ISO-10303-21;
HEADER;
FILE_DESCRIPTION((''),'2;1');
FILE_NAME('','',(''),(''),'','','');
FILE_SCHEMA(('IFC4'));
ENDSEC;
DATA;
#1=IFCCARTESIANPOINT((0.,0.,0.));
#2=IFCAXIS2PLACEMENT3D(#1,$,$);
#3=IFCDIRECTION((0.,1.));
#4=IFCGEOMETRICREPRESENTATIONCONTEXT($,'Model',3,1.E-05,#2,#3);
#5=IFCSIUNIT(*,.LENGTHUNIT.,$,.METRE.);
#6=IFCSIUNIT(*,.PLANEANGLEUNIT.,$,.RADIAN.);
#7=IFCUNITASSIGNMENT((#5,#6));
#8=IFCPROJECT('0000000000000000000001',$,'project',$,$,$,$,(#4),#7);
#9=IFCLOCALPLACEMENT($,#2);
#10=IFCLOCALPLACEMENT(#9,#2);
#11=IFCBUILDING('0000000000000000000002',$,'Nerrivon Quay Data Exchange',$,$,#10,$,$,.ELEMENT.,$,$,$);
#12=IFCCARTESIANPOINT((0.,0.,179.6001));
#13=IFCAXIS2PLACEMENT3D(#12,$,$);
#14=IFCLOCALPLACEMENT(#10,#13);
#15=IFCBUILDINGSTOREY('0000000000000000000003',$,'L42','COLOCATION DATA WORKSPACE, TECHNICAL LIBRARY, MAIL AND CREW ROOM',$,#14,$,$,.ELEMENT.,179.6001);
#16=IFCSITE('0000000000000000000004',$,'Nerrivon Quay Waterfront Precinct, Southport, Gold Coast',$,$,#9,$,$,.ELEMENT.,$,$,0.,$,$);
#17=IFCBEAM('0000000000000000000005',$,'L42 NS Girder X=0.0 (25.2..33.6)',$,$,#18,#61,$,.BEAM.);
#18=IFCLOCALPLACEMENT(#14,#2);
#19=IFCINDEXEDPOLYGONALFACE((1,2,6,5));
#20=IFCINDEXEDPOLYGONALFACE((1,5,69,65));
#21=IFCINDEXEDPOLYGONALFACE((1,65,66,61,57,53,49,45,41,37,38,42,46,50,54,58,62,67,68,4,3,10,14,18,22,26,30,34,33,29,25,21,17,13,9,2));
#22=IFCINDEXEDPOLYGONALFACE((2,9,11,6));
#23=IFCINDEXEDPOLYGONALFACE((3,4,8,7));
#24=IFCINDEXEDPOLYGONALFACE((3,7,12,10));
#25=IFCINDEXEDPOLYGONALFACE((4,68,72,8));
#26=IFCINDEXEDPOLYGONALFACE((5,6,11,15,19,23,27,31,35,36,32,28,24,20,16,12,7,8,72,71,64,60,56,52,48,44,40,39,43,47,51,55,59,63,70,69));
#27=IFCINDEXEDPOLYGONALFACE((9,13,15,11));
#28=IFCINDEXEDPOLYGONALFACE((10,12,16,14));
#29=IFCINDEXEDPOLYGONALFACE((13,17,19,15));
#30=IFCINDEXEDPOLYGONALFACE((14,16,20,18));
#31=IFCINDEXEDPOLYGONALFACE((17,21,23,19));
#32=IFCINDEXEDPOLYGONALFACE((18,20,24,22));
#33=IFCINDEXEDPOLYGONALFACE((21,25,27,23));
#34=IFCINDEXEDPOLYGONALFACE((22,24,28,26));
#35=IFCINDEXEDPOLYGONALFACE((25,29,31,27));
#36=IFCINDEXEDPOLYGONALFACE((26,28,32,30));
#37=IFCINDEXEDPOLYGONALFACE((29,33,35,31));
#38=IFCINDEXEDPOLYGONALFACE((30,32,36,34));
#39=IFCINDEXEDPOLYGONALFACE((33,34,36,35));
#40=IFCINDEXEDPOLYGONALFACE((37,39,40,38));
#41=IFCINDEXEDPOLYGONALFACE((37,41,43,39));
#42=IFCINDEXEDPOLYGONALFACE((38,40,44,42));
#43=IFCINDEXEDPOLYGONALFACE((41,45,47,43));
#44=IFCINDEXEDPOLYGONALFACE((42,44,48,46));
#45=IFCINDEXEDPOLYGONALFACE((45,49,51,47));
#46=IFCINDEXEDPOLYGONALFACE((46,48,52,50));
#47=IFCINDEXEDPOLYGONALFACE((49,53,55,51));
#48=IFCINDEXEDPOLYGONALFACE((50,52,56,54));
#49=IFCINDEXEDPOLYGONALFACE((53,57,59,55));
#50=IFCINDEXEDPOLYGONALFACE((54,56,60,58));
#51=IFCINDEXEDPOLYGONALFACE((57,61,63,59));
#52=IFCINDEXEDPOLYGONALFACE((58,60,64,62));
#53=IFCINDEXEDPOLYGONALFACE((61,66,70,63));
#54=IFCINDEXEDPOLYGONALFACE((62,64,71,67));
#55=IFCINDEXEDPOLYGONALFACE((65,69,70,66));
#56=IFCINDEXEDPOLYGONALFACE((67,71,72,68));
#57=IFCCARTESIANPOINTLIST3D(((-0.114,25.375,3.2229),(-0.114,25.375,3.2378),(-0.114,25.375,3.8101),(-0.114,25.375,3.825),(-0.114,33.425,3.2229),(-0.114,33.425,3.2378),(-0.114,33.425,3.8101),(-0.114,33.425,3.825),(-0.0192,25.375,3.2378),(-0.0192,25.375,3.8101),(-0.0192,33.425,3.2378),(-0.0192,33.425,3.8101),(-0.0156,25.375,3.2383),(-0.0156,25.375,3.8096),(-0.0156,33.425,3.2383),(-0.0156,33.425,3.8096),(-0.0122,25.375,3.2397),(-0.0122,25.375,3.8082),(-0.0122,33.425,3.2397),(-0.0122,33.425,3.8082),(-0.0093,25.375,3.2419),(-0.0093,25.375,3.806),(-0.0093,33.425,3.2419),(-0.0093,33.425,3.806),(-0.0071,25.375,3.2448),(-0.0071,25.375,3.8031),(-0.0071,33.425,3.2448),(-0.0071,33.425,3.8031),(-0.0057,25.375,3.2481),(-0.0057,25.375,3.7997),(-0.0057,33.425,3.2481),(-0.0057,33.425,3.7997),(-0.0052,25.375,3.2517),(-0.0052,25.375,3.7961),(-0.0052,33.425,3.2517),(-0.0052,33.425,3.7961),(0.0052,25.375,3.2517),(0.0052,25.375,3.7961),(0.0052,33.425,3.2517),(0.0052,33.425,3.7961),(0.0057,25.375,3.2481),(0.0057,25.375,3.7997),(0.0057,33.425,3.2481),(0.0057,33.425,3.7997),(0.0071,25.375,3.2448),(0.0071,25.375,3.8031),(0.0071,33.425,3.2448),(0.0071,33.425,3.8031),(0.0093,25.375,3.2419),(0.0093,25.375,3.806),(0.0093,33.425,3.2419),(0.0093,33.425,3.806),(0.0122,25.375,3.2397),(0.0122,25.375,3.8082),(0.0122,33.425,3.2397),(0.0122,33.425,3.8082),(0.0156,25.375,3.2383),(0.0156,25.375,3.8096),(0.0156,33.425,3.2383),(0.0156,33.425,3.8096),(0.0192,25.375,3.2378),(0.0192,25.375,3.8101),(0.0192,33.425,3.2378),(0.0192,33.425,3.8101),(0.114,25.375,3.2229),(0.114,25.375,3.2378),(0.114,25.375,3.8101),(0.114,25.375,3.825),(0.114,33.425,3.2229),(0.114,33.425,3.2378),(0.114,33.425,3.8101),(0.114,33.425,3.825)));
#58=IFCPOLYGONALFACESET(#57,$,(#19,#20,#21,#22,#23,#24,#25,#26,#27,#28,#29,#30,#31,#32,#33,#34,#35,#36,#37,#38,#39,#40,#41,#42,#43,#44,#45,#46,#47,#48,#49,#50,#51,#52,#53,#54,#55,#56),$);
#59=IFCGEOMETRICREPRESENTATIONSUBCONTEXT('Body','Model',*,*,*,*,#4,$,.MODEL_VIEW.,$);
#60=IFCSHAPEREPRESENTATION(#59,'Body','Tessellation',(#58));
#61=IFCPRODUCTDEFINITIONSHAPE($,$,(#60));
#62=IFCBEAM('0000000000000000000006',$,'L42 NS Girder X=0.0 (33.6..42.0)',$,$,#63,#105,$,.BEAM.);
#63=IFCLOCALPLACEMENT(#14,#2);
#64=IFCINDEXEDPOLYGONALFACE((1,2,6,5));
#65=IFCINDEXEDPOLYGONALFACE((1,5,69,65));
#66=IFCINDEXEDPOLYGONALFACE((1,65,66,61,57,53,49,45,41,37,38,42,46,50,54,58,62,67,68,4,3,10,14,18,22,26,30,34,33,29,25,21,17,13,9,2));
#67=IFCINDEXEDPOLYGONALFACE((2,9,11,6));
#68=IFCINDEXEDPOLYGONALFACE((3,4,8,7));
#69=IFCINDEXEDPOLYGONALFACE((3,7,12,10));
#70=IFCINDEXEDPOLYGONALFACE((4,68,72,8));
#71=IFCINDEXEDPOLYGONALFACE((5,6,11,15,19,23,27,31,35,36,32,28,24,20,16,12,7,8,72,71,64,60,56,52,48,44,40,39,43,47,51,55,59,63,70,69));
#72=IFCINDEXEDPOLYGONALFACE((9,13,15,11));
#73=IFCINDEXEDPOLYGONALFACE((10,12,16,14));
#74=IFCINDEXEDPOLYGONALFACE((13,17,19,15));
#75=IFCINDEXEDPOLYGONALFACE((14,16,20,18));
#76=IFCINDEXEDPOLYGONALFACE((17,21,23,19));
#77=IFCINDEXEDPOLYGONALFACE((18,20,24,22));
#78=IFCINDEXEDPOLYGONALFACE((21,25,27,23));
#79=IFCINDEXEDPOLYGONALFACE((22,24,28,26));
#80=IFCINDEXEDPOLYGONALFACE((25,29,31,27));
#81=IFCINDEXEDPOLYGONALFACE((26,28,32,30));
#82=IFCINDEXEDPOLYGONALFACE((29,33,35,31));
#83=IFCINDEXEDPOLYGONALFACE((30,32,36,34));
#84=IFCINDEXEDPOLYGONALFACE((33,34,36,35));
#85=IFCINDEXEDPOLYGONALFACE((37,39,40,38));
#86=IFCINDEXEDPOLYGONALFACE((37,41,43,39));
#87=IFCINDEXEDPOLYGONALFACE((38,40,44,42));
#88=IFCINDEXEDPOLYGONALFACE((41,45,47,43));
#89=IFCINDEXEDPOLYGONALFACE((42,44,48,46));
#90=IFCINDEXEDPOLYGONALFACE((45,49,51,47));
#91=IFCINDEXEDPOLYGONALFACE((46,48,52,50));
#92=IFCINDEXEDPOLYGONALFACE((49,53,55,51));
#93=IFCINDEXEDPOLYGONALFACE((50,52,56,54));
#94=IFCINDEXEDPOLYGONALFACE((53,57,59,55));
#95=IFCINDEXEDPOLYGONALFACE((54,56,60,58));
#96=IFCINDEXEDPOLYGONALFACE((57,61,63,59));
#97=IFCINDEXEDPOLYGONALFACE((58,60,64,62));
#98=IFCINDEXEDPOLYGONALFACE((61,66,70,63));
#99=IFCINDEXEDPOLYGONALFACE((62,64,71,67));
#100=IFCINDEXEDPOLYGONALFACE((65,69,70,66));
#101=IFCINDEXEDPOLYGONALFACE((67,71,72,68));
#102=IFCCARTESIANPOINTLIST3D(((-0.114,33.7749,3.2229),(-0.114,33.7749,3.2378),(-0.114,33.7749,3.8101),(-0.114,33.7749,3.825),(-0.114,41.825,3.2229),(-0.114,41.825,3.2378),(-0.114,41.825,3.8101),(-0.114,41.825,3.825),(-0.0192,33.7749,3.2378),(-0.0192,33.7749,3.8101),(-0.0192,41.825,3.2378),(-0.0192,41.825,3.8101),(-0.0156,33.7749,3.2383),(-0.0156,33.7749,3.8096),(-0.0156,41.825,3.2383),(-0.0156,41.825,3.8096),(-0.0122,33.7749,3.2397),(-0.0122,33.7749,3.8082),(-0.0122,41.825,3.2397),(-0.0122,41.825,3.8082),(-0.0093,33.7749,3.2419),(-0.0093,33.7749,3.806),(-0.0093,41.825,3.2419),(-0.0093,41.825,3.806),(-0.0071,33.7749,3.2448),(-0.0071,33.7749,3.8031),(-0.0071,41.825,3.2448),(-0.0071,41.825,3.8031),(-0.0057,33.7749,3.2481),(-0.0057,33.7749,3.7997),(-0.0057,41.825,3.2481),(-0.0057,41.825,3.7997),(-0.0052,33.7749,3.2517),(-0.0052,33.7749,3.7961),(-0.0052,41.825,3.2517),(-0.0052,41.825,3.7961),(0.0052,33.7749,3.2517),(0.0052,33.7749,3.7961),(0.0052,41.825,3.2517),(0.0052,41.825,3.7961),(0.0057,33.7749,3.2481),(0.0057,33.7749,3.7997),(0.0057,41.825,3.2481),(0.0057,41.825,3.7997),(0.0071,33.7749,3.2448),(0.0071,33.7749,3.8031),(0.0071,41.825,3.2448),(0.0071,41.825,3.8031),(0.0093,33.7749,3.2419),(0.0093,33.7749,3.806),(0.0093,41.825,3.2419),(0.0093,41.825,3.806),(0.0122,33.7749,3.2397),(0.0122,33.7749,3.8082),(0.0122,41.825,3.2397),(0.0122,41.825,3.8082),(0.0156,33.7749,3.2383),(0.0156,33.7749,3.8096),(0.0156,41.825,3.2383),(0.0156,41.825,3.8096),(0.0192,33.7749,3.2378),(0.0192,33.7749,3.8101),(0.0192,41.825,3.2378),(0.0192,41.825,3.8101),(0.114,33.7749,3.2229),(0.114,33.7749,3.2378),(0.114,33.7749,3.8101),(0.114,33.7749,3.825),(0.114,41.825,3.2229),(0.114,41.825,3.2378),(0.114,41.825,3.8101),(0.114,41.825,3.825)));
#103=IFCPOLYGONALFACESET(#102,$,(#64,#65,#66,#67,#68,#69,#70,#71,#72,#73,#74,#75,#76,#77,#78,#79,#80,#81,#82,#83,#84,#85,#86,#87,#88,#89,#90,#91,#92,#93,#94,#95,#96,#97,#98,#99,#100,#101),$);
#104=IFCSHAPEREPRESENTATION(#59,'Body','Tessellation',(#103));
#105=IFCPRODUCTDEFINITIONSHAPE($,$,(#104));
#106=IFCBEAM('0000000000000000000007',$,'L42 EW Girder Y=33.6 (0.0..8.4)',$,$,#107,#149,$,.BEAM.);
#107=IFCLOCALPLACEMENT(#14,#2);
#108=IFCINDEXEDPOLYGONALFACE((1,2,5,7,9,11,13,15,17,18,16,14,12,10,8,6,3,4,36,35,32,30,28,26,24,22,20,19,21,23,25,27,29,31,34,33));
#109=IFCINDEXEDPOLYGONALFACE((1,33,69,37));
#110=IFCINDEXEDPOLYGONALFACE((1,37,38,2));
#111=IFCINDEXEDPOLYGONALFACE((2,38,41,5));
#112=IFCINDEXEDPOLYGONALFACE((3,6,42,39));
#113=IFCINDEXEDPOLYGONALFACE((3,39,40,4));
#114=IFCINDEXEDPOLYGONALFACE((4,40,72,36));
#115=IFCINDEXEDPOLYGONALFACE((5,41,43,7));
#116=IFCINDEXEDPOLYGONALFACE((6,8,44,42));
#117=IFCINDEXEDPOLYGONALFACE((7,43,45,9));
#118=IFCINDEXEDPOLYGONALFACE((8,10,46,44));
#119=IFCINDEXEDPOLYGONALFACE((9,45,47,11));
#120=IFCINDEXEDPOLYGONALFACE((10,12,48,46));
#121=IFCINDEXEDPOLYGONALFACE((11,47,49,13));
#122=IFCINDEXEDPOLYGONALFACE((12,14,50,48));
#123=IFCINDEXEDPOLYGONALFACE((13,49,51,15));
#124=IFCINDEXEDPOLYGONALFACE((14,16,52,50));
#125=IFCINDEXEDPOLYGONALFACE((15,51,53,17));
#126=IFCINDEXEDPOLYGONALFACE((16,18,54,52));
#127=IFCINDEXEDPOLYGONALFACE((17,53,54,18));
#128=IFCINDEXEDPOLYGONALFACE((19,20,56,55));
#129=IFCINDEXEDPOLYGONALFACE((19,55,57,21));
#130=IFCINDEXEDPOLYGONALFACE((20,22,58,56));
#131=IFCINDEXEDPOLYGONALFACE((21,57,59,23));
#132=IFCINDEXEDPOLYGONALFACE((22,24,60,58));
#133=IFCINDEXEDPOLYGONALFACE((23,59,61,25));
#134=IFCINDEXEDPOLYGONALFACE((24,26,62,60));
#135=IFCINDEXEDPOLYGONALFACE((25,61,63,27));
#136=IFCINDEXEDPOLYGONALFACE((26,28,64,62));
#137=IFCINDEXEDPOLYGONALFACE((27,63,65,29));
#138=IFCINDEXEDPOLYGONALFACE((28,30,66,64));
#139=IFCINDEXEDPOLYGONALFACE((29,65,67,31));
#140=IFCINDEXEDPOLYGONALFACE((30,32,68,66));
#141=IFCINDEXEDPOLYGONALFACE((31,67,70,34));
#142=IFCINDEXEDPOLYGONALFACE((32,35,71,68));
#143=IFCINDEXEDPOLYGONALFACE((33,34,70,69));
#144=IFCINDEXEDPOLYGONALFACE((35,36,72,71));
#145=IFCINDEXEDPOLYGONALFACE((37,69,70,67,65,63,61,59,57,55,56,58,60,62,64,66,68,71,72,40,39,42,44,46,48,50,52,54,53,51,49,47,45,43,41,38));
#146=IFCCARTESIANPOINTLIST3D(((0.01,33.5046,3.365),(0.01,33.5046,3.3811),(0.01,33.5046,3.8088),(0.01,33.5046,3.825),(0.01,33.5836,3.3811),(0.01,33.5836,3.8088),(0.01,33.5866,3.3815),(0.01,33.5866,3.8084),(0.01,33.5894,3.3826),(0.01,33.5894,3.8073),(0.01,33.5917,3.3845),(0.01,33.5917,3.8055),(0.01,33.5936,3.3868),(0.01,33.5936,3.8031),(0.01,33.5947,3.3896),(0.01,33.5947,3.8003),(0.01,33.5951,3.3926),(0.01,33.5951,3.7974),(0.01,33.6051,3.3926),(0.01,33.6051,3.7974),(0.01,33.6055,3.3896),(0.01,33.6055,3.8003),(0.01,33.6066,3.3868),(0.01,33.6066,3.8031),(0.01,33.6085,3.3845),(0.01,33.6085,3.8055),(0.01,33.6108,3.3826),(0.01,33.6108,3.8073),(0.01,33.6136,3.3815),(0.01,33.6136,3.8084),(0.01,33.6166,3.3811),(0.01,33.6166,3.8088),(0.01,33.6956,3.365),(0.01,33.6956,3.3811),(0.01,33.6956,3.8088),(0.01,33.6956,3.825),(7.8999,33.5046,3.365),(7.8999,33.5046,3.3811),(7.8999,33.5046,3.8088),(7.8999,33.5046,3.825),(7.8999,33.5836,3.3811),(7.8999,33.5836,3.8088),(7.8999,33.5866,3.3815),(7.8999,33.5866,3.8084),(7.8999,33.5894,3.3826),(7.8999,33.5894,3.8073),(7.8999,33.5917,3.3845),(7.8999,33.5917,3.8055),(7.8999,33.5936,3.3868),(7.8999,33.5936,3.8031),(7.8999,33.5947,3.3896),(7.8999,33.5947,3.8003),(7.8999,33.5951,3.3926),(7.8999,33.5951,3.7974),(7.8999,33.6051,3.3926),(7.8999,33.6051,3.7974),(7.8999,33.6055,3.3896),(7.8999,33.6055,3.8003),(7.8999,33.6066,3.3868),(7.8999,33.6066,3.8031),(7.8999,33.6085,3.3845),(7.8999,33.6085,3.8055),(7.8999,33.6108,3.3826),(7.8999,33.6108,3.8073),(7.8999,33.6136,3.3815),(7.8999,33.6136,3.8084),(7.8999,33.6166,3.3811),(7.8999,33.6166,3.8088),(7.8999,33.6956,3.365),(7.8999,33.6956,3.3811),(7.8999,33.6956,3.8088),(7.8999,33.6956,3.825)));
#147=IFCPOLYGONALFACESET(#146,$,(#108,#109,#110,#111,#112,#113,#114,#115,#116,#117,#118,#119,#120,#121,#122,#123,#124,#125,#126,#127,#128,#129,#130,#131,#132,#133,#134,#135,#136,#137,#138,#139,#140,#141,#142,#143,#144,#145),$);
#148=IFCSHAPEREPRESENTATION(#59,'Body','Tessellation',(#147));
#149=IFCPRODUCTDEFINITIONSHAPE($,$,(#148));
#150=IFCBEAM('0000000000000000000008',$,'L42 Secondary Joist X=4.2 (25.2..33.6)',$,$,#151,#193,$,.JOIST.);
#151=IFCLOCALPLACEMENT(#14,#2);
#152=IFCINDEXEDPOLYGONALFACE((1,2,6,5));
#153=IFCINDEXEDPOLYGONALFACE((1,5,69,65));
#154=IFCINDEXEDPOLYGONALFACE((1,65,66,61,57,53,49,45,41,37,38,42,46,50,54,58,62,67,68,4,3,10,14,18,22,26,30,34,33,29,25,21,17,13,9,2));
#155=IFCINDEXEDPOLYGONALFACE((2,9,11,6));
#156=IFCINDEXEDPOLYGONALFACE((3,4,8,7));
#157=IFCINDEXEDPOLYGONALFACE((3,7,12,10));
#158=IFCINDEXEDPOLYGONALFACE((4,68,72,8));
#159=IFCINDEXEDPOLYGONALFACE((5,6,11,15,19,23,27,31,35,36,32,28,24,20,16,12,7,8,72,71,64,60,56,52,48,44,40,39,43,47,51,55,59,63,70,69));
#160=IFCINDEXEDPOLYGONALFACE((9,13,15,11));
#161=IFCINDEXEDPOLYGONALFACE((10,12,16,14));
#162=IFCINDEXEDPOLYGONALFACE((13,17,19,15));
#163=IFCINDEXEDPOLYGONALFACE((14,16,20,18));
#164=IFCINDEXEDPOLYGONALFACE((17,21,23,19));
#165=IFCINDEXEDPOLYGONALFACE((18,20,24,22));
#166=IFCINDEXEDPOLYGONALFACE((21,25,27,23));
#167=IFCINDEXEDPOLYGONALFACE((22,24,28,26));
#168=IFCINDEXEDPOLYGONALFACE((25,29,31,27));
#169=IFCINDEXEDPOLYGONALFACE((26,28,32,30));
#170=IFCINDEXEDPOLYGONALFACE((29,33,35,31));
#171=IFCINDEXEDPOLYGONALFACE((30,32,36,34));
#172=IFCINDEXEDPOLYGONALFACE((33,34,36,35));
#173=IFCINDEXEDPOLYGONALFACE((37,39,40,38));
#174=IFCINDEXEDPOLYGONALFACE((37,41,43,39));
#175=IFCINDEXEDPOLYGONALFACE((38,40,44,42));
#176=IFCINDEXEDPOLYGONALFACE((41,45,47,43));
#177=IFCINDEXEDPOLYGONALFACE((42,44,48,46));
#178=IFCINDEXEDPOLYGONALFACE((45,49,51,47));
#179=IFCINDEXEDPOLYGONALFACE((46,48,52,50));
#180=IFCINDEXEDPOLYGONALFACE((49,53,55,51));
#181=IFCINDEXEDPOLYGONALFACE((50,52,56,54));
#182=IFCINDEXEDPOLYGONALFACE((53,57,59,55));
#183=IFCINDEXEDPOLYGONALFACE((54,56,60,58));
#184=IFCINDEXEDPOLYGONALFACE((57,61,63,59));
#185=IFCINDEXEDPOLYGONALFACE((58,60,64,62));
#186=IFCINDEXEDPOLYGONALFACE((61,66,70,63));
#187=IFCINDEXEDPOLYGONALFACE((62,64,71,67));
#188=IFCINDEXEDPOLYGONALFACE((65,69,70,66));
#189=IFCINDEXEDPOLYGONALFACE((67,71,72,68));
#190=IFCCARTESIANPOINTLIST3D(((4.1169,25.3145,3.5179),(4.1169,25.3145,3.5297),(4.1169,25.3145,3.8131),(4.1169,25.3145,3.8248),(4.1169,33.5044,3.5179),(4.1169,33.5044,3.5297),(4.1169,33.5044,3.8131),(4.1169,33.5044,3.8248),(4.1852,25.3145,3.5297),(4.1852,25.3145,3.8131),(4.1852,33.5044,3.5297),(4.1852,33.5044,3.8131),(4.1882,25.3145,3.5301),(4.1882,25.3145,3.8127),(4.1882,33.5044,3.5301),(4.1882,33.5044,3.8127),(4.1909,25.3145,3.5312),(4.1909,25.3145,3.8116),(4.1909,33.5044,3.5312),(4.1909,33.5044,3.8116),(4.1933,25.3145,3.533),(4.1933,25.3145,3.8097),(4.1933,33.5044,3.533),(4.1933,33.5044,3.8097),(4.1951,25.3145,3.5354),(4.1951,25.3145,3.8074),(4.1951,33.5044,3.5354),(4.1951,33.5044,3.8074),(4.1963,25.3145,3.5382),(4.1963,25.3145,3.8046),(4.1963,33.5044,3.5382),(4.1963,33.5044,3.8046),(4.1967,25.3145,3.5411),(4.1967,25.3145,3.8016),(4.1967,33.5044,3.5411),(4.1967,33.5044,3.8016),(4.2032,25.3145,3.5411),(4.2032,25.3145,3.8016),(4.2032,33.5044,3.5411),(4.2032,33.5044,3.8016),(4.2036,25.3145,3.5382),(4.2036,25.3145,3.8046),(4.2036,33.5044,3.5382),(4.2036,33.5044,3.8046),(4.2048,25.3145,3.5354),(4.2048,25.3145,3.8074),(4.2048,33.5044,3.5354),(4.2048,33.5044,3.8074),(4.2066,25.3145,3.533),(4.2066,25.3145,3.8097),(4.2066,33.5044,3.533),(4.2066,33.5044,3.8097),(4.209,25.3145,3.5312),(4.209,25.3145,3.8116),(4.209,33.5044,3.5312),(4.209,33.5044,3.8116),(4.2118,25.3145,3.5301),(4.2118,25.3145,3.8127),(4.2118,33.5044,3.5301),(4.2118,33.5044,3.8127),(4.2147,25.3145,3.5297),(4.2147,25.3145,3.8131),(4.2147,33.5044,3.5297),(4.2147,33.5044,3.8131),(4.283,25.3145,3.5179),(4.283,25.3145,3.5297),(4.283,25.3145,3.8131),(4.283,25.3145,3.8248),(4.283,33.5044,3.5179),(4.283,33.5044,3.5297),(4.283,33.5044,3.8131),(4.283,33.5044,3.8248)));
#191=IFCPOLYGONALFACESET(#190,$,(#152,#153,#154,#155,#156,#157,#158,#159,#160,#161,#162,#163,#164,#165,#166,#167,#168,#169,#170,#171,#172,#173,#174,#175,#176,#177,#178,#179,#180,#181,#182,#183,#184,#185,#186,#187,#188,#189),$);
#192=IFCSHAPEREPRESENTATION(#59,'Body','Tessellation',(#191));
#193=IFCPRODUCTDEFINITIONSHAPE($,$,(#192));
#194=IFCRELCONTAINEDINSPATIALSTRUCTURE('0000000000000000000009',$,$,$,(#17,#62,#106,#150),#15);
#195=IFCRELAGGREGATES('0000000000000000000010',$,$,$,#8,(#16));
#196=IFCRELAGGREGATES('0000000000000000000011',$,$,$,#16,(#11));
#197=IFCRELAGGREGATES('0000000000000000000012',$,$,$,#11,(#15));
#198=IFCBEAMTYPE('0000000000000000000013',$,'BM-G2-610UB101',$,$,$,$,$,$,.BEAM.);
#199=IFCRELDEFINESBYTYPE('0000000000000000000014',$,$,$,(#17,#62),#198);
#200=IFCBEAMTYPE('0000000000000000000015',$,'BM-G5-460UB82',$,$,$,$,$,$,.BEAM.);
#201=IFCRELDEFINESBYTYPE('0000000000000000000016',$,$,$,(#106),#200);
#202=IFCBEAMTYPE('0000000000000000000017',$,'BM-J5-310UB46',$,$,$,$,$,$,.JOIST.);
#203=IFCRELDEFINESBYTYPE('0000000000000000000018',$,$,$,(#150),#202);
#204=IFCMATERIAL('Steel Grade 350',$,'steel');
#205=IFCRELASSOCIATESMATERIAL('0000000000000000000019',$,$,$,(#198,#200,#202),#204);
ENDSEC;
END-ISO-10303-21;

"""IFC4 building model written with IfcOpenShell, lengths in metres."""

from ifc_helpers import new_model, si_unit, direction, frame, origin, origin_2d, place, context, subcontext, project, spatial, i_section, extrude, material, material_profile, profile_set, type_object, element, save


model = new_model("IFC4")

# Units and contexts
model_context = context("Model", 3, precision=1e-05, world=origin(), true_north=direction((0.0, 1.0)))
body_context = subcontext(model_context, "Body", "Model", "MODEL_VIEW")
ifc_project = project(units=[si_unit("LENGTHUNIT", "METRE"), si_unit("PLANEANGLEUNIT", "RADIAN")], contexts=[model_context])

# Site, building, storey
site_placement = place(None, origin())
site = spatial("IfcSite", under=ifc_project, at=site_placement, Name="Nerrivon Quay Waterfront Precinct, Southport, Gold Coast", CompositionType="ELEMENT", RefElevation=0.0)
building_placement = place(site_placement, origin())
building = spatial("IfcBuilding", under=site, at=building_placement, Name="Nerrivon Quay Data Exchange", CompositionType="ELEMENT")
storey_placement = place(building_placement, frame((0.0, 0.0, 179.6001)))
storey = spatial("IfcBuildingStorey", under=building, at=storey_placement, Name="L42", Description="COLOCATION DATA WORKSPACE, TECHNICAL LIBRARY, MAIL AND CREW ROOM", CompositionType="ELEMENT", Elevation=179.6001)

# Shared definitions
ifc_material_1 = material(Name="Steel Grade 350", Category="steel")

# Beams
ifc_material_profile_1 = material_profile(ifc_material_1, i_section(OverallWidth=0.228, OverallDepth=0.6021, WebThickness=0.0105, FlangeThickness=0.0149, FilletRadius=0.0139, at=origin_2d()), Name="610UB101")
ifc_profile_set_1 = profile_set([ifc_material_profile_1], Name="Steel Grade 350")
beam_type_1 = type_object("IfcBeamType", Name="BM-G2-610UB101", PredefinedType="BEAM", material=ifc_profile_set_1)
for number, where, z_axis, x_axis, name in (
    (1, (0.0, 25.375, 3.5239), (0.0, 1.0, 0.0), (-1.0, 0.0, 0.0), "L42 NS Girder X=0.0 (25.2..33.6)"),
    (2, (0.0, 33.7749, 3.5239), (0.0, 1.0, 0.0), (-1.0, 0.0, 0.0), "L42 NS Girder X=0.0 (33.6..42.0)"),
):
    element("IfcBeam", number, at=place(storey_placement, frame(where, z_axis=z_axis, x_axis=x_axis)), inside=storey, type_object=beam_type_1, Name=name, PredefinedType="BEAM", context=body_context, shape_type="SweptSolid", body=[
        extrude(i_section(OverallWidth=0.228, OverallDepth=0.6021, WebThickness=0.0105, FlangeThickness=0.0149, FilletRadius=0.0139, at=origin_2d()), origin(), (0.0, 0.0, 1.0), 8.05),
    ])
ifc_material_profile_2 = material_profile(ifc_material_1, i_section(OverallWidth=0.1909, OverallDepth=0.46, WebThickness=0.01, FlangeThickness=0.0161, FilletRadius=0.0115, at=origin_2d()), Name="460UB82.1")
ifc_profile_set_2 = profile_set([ifc_material_profile_2], Name="Steel Grade 350")
beam_type_2 = type_object("IfcBeamType", Name="BM-G5-460UB82", PredefinedType="BEAM", material=ifc_profile_set_2)
beam_1_placement = place(storey_placement, frame((0.01, 33.6001, 3.595), z_axis=(1.0, 0.0, 0.0), x_axis=(0.0, 1.0, 0.0)))
element("IfcBeam", 3, at=beam_1_placement, inside=storey, type_object=beam_type_2, Name="L42 EW Girder Y=33.6 (0.0..8.4)", PredefinedType="BEAM", context=body_context, shape_type="SweptSolid", body=[
    extrude(i_section(OverallWidth=0.1909, OverallDepth=0.46, WebThickness=0.01, FlangeThickness=0.0161, FilletRadius=0.0115, at=origin_2d()), origin(), (0.0, 0.0, 1.0), 7.8899),
])
ifc_material_profile_3 = material_profile(ifc_material_1, i_section(OverallWidth=0.166, OverallDepth=0.3069, WebThickness=0.0066, FlangeThickness=0.0117, FilletRadius=0.0115, at=origin_2d()), Name="310UB46.2")
ifc_profile_set_3 = profile_set([ifc_material_profile_3], Name="Steel Grade 350")
beam_type_3 = type_object("IfcBeamType", Name="BM-J5-310UB46", PredefinedType="JOIST", material=ifc_profile_set_3)
beam_2_placement = place(storey_placement, frame((4.2, 25.3145, 3.6714), z_axis=(0.0, 1.0, 0.0), x_axis=(-1.0, 0.0, 0.0)))
element("IfcBeam", 4, at=beam_2_placement, inside=storey, type_object=beam_type_3, Name="L42 Secondary Joist X=4.2 (25.2..33.6)", PredefinedType="JOIST", context=body_context, shape_type="SweptSolid", body=[
    extrude(i_section(OverallWidth=0.166, OverallDepth=0.3069, WebThickness=0.0066, FlangeThickness=0.0117, FilletRadius=0.0115, at=origin_2d()), origin(), (0.0, 0.0, 1.0), 8.1899),
])

save(model, "model.ifc")
